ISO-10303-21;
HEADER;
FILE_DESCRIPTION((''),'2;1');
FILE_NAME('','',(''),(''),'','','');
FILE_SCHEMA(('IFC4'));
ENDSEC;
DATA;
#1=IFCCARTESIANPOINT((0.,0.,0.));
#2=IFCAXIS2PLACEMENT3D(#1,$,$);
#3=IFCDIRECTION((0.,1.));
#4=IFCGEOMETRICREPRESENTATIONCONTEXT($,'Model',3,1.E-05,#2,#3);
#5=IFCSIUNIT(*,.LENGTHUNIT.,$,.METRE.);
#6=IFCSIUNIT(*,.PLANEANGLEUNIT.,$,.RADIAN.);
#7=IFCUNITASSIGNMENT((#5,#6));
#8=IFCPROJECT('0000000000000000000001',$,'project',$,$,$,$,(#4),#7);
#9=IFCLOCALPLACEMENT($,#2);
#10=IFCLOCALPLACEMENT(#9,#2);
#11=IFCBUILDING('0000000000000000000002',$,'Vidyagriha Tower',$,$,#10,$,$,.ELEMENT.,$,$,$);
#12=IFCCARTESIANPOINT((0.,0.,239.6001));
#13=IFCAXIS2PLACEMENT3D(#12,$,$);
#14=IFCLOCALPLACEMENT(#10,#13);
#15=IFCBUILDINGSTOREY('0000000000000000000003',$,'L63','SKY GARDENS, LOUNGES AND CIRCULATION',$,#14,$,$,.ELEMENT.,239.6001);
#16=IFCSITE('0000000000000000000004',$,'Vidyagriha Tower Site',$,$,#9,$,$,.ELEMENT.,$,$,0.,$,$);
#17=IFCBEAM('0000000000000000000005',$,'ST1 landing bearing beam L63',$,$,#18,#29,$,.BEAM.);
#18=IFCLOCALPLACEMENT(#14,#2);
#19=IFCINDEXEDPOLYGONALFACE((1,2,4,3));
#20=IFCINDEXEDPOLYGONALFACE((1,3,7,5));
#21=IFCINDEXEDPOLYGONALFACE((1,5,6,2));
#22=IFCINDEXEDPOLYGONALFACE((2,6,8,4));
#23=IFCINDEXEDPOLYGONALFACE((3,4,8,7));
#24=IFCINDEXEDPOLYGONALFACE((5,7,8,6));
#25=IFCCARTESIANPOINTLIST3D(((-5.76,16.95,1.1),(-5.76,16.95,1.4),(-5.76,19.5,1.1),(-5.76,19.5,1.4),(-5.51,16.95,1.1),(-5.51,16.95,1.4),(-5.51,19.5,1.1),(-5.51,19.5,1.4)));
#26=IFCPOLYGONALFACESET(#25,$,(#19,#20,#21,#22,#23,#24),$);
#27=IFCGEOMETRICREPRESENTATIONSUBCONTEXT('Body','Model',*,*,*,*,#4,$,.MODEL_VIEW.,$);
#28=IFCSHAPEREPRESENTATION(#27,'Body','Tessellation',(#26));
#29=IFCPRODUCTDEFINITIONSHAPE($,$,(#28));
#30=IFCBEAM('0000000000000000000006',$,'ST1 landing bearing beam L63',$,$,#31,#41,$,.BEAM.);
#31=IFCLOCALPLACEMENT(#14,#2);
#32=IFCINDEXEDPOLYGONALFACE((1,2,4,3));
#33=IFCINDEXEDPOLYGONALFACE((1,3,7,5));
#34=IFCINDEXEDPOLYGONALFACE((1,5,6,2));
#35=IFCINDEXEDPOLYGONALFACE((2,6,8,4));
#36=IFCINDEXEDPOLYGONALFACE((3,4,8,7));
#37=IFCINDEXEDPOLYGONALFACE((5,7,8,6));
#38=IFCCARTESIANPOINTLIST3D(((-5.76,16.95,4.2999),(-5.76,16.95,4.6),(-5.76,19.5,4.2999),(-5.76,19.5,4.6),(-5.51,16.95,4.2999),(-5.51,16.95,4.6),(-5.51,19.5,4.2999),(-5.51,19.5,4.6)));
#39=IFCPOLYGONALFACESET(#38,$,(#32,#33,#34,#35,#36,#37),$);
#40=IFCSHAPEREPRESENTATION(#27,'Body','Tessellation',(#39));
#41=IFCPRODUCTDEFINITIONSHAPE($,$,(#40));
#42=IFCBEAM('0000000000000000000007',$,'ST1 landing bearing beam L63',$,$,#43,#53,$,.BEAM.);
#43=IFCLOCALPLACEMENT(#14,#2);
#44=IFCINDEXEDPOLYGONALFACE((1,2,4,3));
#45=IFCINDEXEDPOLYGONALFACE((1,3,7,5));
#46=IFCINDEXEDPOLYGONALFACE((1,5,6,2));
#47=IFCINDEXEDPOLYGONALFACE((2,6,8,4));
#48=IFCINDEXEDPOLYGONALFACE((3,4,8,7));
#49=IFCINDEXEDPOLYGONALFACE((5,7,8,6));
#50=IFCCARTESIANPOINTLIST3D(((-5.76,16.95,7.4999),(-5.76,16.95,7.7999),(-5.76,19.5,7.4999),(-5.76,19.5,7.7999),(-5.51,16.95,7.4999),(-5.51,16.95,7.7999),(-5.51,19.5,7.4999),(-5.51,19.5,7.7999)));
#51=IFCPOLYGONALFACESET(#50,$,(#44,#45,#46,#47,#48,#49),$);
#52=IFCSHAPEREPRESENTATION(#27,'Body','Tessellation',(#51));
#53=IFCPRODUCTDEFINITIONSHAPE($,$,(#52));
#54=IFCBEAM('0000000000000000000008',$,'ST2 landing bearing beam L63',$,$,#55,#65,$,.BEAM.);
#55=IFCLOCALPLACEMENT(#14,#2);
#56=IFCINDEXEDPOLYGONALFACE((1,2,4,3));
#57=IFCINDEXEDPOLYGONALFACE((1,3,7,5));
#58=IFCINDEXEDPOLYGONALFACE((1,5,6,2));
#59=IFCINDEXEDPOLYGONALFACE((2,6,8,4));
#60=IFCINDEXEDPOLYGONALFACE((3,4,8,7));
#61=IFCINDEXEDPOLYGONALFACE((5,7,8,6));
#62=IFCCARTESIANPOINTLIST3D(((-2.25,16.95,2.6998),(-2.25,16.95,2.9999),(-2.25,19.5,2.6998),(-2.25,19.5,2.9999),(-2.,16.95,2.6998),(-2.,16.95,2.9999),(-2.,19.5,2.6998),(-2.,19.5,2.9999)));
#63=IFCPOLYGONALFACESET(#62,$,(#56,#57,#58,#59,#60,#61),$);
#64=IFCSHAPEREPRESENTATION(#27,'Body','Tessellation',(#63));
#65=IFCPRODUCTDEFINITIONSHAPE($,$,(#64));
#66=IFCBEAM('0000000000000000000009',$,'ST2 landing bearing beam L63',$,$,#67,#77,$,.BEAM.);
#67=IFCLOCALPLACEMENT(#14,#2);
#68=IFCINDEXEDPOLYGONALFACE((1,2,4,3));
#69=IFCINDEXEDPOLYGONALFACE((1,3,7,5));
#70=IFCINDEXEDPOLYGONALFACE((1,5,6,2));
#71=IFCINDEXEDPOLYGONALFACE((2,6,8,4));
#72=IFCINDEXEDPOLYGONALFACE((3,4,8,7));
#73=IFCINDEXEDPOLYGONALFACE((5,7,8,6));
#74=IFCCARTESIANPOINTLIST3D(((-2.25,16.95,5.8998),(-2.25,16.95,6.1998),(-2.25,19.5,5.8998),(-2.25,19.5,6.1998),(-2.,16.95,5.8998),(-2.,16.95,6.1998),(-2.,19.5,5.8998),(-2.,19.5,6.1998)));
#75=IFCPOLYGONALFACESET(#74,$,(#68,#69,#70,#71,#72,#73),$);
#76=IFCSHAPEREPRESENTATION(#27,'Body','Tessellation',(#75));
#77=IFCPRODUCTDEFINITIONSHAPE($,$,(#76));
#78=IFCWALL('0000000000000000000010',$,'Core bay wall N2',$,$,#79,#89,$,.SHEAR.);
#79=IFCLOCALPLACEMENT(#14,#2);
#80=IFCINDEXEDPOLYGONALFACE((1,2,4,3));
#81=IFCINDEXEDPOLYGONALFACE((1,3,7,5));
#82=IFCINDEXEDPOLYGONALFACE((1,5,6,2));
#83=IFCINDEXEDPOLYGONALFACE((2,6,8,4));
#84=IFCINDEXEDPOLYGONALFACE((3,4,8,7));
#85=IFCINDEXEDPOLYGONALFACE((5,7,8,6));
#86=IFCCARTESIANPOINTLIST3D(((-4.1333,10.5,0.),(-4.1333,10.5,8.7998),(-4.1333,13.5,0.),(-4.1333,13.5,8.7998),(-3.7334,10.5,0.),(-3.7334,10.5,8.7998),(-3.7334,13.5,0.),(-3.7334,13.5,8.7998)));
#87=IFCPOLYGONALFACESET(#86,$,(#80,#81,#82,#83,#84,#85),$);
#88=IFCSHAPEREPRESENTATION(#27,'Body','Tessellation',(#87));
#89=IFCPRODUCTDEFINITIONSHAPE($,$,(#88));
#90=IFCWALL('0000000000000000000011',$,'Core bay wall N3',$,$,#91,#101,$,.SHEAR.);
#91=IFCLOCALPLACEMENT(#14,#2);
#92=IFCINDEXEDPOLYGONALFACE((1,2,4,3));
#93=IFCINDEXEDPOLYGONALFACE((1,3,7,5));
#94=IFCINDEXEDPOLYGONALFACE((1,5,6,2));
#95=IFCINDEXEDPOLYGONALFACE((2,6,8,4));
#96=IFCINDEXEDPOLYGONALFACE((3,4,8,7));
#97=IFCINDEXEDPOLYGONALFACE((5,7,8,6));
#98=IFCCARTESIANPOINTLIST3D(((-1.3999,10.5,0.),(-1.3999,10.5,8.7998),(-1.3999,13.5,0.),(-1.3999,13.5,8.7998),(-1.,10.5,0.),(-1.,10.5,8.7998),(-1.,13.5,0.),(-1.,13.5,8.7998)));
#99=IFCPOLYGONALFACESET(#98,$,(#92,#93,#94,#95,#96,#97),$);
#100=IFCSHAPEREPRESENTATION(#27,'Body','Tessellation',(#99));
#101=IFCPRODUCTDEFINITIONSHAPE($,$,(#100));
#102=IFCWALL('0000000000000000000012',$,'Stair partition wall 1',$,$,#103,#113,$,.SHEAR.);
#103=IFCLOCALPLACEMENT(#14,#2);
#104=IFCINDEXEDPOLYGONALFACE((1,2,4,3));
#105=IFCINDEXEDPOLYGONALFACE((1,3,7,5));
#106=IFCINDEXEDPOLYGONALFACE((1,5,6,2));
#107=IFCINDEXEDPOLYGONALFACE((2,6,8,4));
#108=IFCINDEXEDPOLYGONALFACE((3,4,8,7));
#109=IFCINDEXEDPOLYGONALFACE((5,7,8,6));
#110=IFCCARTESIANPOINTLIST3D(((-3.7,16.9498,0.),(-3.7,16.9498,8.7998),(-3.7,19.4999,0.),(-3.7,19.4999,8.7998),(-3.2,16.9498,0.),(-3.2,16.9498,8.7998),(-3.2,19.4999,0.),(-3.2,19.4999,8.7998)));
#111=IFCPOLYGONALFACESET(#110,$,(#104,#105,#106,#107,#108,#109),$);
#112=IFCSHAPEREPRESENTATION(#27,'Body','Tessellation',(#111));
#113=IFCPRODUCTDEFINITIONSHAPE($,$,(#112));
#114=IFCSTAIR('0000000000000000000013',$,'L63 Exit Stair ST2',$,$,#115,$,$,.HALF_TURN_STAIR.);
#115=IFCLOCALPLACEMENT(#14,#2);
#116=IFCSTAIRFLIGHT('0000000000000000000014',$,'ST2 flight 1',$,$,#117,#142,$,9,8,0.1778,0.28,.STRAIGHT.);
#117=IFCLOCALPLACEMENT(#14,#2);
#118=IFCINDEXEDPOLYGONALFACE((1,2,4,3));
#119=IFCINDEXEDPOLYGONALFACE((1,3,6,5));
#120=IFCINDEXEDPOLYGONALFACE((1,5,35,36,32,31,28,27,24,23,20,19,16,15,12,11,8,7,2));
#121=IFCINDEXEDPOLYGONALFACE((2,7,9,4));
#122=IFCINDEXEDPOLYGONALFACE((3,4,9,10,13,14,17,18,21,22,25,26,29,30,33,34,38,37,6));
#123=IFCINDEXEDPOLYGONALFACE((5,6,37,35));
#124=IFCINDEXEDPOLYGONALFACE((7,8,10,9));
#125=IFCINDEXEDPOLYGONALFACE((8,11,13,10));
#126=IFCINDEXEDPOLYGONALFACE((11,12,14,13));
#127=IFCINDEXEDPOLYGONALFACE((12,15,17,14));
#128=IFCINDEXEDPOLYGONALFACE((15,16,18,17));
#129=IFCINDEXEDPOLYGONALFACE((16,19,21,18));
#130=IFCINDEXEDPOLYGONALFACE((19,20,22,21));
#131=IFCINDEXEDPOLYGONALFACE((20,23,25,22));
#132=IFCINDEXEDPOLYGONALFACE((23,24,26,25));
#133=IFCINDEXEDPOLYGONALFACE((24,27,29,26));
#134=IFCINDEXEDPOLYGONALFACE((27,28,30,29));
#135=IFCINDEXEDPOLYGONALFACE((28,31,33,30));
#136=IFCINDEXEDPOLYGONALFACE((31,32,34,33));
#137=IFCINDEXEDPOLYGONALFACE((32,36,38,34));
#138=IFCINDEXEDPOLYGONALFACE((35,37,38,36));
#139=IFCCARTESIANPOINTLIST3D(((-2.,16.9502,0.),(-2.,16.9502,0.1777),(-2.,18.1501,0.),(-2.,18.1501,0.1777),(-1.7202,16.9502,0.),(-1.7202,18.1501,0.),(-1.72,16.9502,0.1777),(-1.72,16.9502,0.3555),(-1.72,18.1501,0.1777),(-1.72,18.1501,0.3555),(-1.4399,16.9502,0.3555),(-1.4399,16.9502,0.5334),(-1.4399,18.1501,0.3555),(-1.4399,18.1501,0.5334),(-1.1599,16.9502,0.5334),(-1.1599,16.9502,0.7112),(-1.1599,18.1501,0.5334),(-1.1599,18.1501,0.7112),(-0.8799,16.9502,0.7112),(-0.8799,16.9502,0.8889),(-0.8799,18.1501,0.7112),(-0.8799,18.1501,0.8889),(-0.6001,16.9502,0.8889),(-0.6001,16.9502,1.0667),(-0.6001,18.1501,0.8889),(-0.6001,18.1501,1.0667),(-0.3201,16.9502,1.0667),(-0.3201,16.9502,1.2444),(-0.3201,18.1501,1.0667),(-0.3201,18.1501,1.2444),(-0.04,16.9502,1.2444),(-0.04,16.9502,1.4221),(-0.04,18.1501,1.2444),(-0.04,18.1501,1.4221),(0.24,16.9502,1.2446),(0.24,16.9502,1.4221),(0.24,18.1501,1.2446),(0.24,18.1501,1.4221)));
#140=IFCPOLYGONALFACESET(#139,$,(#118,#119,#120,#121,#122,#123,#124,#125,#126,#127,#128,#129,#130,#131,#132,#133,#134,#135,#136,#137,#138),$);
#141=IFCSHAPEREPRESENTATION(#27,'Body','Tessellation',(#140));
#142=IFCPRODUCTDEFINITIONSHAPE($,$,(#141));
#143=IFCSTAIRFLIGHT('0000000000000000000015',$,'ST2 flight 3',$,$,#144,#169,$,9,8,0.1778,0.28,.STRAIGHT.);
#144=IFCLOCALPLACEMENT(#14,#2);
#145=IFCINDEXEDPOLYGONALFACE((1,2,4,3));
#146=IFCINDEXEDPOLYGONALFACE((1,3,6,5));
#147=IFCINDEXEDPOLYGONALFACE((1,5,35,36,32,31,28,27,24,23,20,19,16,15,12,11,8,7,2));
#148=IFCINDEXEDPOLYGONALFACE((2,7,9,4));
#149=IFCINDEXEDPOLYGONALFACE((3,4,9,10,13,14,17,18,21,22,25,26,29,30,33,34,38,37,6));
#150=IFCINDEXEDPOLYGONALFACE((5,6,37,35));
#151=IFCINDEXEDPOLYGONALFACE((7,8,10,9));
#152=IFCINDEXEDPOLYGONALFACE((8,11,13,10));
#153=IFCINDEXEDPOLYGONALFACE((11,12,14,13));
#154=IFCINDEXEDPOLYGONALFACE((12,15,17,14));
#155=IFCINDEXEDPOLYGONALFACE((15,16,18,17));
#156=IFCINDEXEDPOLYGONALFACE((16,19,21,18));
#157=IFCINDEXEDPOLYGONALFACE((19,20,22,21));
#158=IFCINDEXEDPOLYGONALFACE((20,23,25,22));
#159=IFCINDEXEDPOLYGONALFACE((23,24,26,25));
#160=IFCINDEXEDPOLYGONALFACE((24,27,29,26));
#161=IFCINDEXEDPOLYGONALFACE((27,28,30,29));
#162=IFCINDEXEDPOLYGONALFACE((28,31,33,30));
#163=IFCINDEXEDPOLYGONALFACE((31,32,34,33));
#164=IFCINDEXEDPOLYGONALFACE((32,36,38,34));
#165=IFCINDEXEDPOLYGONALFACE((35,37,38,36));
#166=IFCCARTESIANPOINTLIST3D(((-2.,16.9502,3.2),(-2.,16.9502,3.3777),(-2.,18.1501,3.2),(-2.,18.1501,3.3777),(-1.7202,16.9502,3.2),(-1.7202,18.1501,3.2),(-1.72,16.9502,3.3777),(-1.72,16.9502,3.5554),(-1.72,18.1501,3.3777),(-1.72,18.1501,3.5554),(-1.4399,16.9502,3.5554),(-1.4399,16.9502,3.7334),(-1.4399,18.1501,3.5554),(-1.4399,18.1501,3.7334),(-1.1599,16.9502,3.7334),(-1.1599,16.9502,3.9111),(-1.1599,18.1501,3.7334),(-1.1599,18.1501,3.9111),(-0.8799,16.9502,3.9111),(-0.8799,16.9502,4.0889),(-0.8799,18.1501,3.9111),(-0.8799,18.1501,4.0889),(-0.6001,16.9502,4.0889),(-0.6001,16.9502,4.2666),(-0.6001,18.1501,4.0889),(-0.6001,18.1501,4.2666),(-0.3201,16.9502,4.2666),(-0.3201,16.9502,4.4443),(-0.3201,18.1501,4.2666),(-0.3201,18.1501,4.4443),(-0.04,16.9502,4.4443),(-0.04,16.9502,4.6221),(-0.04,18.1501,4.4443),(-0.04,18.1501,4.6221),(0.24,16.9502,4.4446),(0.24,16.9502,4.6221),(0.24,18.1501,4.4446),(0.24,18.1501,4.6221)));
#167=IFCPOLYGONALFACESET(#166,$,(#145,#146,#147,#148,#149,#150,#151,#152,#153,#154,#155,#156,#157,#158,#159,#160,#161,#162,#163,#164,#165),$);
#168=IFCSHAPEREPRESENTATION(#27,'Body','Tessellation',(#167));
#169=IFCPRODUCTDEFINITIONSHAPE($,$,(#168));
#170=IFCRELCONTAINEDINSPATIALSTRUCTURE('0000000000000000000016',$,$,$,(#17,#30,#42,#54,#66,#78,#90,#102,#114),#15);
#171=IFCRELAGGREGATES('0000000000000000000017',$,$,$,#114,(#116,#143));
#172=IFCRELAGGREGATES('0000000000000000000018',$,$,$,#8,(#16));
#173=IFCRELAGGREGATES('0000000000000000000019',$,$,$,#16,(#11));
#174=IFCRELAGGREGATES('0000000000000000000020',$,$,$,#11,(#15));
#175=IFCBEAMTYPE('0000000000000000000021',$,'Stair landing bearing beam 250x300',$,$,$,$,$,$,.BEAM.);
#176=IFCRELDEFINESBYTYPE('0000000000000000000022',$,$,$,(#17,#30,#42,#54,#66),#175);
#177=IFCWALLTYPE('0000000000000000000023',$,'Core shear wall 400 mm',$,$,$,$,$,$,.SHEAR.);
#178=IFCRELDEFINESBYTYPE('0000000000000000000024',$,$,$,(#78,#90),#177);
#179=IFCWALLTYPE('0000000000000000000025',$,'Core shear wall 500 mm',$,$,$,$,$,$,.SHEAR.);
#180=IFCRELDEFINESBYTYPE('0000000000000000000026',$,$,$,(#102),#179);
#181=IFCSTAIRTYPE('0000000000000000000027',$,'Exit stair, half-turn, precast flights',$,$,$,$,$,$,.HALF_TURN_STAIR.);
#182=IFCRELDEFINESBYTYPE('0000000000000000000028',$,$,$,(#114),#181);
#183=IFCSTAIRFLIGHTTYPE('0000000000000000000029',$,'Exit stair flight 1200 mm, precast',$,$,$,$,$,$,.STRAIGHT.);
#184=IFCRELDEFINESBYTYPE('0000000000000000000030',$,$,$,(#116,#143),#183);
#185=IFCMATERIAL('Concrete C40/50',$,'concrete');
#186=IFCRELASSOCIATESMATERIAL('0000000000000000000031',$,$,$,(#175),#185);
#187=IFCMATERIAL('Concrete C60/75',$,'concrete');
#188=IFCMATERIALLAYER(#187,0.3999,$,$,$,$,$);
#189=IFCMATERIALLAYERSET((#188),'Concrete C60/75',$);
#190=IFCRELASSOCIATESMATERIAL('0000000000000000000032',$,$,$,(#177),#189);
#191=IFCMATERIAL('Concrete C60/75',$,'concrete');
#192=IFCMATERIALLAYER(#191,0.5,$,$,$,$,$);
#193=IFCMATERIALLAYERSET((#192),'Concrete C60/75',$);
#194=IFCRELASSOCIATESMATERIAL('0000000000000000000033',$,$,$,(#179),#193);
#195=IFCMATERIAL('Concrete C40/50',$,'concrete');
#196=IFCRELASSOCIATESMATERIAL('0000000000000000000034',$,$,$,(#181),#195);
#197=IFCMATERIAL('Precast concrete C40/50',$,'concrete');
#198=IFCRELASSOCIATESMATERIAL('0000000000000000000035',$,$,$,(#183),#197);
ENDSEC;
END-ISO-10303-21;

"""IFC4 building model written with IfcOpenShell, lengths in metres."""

from ifc_helpers import new_model, si_unit, direction, frame, frame_2d, origin, origin_2d, place, context, subcontext, project, spatial, polyline, rectangle, outline, extrude, material, layer, layer_set, material_profile, profile_set, type_object, element, aggregate, save


model = new_model("IFC4")

# Units and contexts
model_context = context("Model", 3, precision=1e-05, world=origin(), true_north=direction((0.0, 1.0)))
body_context = subcontext(model_context, "Body", "Model", "MODEL_VIEW")
ifc_project = project(units=[si_unit("LENGTHUNIT", "METRE"), si_unit("PLANEANGLEUNIT", "RADIAN")], contexts=[model_context])

# Site, building, storey
site_placement = place(None, origin())
site = spatial("IfcSite", under=ifc_project, at=site_placement, Name="Vidyagriha Tower Site", CompositionType="ELEMENT", RefElevation=0.0)
building_placement = place(site_placement, origin())
building = spatial("IfcBuilding", under=site, at=building_placement, Name="Vidyagriha Tower", CompositionType="ELEMENT")
storey_placement = place(building_placement, frame((0.0, 0.0, 239.6001)))
storey = spatial("IfcBuildingStorey", under=building, at=storey_placement, Name="L63", Description="SKY GARDENS, LOUNGES AND CIRCULATION", CompositionType="ELEMENT", Elevation=239.6001)

# Beams
ifc_material_1 = material(Name="Concrete C40/50", Category="concrete")
ifc_material_profile = material_profile(ifc_material_1, rectangle(XDim=0.25, YDim=0.3, at=origin_2d()), Name="Stair landing bearing beam 250x300")
ifc_profile_set = profile_set([ifc_material_profile], Name="Concrete C40/50")
beam_type = type_object("IfcBeamType", Name="Stair landing bearing beam 250x300", PredefinedType="BEAM", material=ifc_profile_set)
for number, where, z_axis, x_axis, name in (
    (1, (-5.635, 16.95, 1.25), (0.0, 1.0, 0.0), (-1.0, 0.0, 0.0), "ST1 landing bearing beam L63"),
    (2, (-5.635, 16.95, 4.45), (0.0, 1.0, 0.0), (-1.0, 0.0, 0.0), "ST1 landing bearing beam L63"),
    (3, (-5.635, 16.95, 7.6499), (0.0, 1.0, 0.0), (-1.0, 0.0, 0.0), "ST1 landing bearing beam L63"),
    (4, (-2.125, 16.95, 2.8499), (0.0, 1.0, 0.0), (-1.0, 0.0, 0.0), "ST2 landing bearing beam L63"),
    (5, (-2.125, 16.95, 6.0498), (0.0, 1.0, 0.0), (-1.0, 0.0, 0.0), "ST2 landing bearing beam L63"),
):
    element("IfcBeam", number, at=place(storey_placement, frame(where, z_axis=z_axis, x_axis=x_axis)), inside=storey, type_object=beam_type, Name=name, PredefinedType="BEAM", context=body_context, shape_type="SweptSolid", body=[
        extrude(rectangle(XDim=0.25, YDim=0.3, at=origin_2d()), origin(), (0.0, 0.0, 1.0), 2.55),
    ])

# Walls
ifc_material_2 = material(Name="Concrete C60/75", Category="concrete")
ifc_layer_1 = layer(ifc_material_2, 0.3999)
ifc_layer_set_1 = layer_set([ifc_layer_1], Name="Concrete C60/75")
wall_type_1 = type_object("IfcWallType", Name="Core shear wall 400 mm", PredefinedType="SHEAR", material=ifc_layer_set_1)
for number, where, z_axis, x_axis, name in (
    (6, (-3.9333, 10.5, 0.0), (0.0, 0.0, 1.0), (0.0, 1.0, 0.0), "Core bay wall N2"),
    (7, (-1.2, 10.5, 0.0), (0.0, 0.0, 1.0), (0.0, 1.0, 0.0), "Core bay wall N3"),
):
    element("IfcWall", number, at=place(storey_placement, frame(where, z_axis=z_axis, x_axis=x_axis)), inside=storey, type_object=wall_type_1, Name=name, PredefinedType="SHEAR", context=body_context, shape_type="SweptSolid", body=[
        extrude(rectangle(XDim=3.0, YDim=0.3999, at=frame_2d((1.5, 0.0))), origin(), (0.0, 0.0, 1.0), 8.7998),
    ])
ifc_material_3 = material(Name="Concrete C60/75", Category="concrete")
ifc_layer_2 = layer(ifc_material_3, 0.5)
ifc_layer_set_2 = layer_set([ifc_layer_2], Name="Concrete C60/75")
wall_type_2 = type_object("IfcWallType", Name="Core shear wall 500 mm", PredefinedType="SHEAR", material=ifc_layer_set_2)
wall_placement = place(storey_placement, frame((-3.45, 16.95, 0.0), z_axis=(0.0, 0.0, 1.0), x_axis=(0.0, 1.0, 0.0)))
element("IfcWall", 8, at=wall_placement, inside=storey, type_object=wall_type_2, Name="Stair partition wall 1", PredefinedType="SHEAR", context=body_context, shape_type="SweptSolid", body=[
    extrude(rectangle(XDim=2.55, YDim=0.5, at=frame_2d((1.2749, 0.0))), origin(), (0.0, 0.0, 1.0), 8.7998),
])

# Stair, stair flights
ifc_material_4 = material(Name="Concrete C40/50", Category="concrete")
stair_type = type_object("IfcStairType", Name="Exit stair, half-turn, precast flights", PredefinedType="HALF_TURN_STAIR", material=ifc_material_4)
stair_placement = place(storey_placement, origin())
stair = element("IfcStair", 9, at=stair_placement, inside=storey, type_object=stair_type, Name="L63 Exit Stair ST2", PredefinedType="HALF_TURN_STAIR")
ifc_material_5 = material(Name="Precast concrete C40/50", Category="concrete")
stair_flight_type = type_object("IfcStairFlightType", Name="Exit stair flight 1200 mm, precast", PredefinedType="STRAIGHT", material=ifc_material_5)
stair_flight_1_placement = place(storey_placement, frame((-2.0, 17.55, 0.0)))
stair_flight_1 = element("IfcStairFlight", 10, at=stair_flight_1_placement, type_object=stair_flight_type, Name="ST2 flight 1", NumberOfRisers=9, NumberOfTreads=8, PredefinedType="STRAIGHT", RiserHeight=0.1778, TreadLength=0.28, context=body_context, shape_type="SweptSolid", body=[
    extrude(outline(polyline([(0.0, 0.0), (0.0, 0.1777), (0.28, 0.1777), (0.28, 0.3555), (0.5601, 0.3555), (0.5601, 0.5334), (0.8401, 0.5334), (0.8401, 0.7112), (1.1201, 0.7112), (1.1201, 0.8889), (1.3999, 0.8889), (1.3999, 1.0667), (1.6799, 1.0667), (1.6799, 1.2444), (1.96, 1.2444), (1.96, 1.4221), (2.24, 1.4221), (2.24, 1.6001), (2.24, 1.2446), (0.2798, 0.0), (0.0, 0.0)])), frame((0.0, 0.6001, 0.0), z_axis=(0.0, -1.0, 0.0), x_axis=(1.0, 0.0, 0.0)), (0.0, 0.0, 1.0), 1.2),
])
stair_flight_2_placement = place(storey_placement, frame((-2.0, 17.55, 3.2)))
stair_flight_2 = element("IfcStairFlight", 11, at=stair_flight_2_placement, type_object=stair_flight_type, Name="ST2 flight 3", NumberOfRisers=9, NumberOfTreads=8, PredefinedType="STRAIGHT", RiserHeight=0.1778, TreadLength=0.28, context=body_context, shape_type="SweptSolid", body=[
    extrude(outline(polyline([(0.0, 0.0), (0.0, 0.1777), (0.28, 0.1777), (0.28, 0.3555), (0.5601, 0.3555), (0.5601, 0.5334), (0.8401, 0.5334), (0.8401, 0.7112), (1.1201, 0.7112), (1.1201, 0.8889), (1.3999, 0.8889), (1.3999, 1.0667), (1.6799, 1.0667), (1.6799, 1.2444), (1.96, 1.2444), (1.96, 1.4221), (2.24, 1.4221), (2.24, 1.6001), (2.24, 1.2446), (0.2798, 0.0), (0.0, 0.0)])), frame((0.0, 0.6001, 0.0), z_axis=(0.0, -1.0, 0.0), x_axis=(1.0, 0.0, 0.0)), (0.0, 0.0, 1.0), 1.2),
])
aggregate(stair, [stair_flight_1, stair_flight_2])

save(model, "model.ifc")
